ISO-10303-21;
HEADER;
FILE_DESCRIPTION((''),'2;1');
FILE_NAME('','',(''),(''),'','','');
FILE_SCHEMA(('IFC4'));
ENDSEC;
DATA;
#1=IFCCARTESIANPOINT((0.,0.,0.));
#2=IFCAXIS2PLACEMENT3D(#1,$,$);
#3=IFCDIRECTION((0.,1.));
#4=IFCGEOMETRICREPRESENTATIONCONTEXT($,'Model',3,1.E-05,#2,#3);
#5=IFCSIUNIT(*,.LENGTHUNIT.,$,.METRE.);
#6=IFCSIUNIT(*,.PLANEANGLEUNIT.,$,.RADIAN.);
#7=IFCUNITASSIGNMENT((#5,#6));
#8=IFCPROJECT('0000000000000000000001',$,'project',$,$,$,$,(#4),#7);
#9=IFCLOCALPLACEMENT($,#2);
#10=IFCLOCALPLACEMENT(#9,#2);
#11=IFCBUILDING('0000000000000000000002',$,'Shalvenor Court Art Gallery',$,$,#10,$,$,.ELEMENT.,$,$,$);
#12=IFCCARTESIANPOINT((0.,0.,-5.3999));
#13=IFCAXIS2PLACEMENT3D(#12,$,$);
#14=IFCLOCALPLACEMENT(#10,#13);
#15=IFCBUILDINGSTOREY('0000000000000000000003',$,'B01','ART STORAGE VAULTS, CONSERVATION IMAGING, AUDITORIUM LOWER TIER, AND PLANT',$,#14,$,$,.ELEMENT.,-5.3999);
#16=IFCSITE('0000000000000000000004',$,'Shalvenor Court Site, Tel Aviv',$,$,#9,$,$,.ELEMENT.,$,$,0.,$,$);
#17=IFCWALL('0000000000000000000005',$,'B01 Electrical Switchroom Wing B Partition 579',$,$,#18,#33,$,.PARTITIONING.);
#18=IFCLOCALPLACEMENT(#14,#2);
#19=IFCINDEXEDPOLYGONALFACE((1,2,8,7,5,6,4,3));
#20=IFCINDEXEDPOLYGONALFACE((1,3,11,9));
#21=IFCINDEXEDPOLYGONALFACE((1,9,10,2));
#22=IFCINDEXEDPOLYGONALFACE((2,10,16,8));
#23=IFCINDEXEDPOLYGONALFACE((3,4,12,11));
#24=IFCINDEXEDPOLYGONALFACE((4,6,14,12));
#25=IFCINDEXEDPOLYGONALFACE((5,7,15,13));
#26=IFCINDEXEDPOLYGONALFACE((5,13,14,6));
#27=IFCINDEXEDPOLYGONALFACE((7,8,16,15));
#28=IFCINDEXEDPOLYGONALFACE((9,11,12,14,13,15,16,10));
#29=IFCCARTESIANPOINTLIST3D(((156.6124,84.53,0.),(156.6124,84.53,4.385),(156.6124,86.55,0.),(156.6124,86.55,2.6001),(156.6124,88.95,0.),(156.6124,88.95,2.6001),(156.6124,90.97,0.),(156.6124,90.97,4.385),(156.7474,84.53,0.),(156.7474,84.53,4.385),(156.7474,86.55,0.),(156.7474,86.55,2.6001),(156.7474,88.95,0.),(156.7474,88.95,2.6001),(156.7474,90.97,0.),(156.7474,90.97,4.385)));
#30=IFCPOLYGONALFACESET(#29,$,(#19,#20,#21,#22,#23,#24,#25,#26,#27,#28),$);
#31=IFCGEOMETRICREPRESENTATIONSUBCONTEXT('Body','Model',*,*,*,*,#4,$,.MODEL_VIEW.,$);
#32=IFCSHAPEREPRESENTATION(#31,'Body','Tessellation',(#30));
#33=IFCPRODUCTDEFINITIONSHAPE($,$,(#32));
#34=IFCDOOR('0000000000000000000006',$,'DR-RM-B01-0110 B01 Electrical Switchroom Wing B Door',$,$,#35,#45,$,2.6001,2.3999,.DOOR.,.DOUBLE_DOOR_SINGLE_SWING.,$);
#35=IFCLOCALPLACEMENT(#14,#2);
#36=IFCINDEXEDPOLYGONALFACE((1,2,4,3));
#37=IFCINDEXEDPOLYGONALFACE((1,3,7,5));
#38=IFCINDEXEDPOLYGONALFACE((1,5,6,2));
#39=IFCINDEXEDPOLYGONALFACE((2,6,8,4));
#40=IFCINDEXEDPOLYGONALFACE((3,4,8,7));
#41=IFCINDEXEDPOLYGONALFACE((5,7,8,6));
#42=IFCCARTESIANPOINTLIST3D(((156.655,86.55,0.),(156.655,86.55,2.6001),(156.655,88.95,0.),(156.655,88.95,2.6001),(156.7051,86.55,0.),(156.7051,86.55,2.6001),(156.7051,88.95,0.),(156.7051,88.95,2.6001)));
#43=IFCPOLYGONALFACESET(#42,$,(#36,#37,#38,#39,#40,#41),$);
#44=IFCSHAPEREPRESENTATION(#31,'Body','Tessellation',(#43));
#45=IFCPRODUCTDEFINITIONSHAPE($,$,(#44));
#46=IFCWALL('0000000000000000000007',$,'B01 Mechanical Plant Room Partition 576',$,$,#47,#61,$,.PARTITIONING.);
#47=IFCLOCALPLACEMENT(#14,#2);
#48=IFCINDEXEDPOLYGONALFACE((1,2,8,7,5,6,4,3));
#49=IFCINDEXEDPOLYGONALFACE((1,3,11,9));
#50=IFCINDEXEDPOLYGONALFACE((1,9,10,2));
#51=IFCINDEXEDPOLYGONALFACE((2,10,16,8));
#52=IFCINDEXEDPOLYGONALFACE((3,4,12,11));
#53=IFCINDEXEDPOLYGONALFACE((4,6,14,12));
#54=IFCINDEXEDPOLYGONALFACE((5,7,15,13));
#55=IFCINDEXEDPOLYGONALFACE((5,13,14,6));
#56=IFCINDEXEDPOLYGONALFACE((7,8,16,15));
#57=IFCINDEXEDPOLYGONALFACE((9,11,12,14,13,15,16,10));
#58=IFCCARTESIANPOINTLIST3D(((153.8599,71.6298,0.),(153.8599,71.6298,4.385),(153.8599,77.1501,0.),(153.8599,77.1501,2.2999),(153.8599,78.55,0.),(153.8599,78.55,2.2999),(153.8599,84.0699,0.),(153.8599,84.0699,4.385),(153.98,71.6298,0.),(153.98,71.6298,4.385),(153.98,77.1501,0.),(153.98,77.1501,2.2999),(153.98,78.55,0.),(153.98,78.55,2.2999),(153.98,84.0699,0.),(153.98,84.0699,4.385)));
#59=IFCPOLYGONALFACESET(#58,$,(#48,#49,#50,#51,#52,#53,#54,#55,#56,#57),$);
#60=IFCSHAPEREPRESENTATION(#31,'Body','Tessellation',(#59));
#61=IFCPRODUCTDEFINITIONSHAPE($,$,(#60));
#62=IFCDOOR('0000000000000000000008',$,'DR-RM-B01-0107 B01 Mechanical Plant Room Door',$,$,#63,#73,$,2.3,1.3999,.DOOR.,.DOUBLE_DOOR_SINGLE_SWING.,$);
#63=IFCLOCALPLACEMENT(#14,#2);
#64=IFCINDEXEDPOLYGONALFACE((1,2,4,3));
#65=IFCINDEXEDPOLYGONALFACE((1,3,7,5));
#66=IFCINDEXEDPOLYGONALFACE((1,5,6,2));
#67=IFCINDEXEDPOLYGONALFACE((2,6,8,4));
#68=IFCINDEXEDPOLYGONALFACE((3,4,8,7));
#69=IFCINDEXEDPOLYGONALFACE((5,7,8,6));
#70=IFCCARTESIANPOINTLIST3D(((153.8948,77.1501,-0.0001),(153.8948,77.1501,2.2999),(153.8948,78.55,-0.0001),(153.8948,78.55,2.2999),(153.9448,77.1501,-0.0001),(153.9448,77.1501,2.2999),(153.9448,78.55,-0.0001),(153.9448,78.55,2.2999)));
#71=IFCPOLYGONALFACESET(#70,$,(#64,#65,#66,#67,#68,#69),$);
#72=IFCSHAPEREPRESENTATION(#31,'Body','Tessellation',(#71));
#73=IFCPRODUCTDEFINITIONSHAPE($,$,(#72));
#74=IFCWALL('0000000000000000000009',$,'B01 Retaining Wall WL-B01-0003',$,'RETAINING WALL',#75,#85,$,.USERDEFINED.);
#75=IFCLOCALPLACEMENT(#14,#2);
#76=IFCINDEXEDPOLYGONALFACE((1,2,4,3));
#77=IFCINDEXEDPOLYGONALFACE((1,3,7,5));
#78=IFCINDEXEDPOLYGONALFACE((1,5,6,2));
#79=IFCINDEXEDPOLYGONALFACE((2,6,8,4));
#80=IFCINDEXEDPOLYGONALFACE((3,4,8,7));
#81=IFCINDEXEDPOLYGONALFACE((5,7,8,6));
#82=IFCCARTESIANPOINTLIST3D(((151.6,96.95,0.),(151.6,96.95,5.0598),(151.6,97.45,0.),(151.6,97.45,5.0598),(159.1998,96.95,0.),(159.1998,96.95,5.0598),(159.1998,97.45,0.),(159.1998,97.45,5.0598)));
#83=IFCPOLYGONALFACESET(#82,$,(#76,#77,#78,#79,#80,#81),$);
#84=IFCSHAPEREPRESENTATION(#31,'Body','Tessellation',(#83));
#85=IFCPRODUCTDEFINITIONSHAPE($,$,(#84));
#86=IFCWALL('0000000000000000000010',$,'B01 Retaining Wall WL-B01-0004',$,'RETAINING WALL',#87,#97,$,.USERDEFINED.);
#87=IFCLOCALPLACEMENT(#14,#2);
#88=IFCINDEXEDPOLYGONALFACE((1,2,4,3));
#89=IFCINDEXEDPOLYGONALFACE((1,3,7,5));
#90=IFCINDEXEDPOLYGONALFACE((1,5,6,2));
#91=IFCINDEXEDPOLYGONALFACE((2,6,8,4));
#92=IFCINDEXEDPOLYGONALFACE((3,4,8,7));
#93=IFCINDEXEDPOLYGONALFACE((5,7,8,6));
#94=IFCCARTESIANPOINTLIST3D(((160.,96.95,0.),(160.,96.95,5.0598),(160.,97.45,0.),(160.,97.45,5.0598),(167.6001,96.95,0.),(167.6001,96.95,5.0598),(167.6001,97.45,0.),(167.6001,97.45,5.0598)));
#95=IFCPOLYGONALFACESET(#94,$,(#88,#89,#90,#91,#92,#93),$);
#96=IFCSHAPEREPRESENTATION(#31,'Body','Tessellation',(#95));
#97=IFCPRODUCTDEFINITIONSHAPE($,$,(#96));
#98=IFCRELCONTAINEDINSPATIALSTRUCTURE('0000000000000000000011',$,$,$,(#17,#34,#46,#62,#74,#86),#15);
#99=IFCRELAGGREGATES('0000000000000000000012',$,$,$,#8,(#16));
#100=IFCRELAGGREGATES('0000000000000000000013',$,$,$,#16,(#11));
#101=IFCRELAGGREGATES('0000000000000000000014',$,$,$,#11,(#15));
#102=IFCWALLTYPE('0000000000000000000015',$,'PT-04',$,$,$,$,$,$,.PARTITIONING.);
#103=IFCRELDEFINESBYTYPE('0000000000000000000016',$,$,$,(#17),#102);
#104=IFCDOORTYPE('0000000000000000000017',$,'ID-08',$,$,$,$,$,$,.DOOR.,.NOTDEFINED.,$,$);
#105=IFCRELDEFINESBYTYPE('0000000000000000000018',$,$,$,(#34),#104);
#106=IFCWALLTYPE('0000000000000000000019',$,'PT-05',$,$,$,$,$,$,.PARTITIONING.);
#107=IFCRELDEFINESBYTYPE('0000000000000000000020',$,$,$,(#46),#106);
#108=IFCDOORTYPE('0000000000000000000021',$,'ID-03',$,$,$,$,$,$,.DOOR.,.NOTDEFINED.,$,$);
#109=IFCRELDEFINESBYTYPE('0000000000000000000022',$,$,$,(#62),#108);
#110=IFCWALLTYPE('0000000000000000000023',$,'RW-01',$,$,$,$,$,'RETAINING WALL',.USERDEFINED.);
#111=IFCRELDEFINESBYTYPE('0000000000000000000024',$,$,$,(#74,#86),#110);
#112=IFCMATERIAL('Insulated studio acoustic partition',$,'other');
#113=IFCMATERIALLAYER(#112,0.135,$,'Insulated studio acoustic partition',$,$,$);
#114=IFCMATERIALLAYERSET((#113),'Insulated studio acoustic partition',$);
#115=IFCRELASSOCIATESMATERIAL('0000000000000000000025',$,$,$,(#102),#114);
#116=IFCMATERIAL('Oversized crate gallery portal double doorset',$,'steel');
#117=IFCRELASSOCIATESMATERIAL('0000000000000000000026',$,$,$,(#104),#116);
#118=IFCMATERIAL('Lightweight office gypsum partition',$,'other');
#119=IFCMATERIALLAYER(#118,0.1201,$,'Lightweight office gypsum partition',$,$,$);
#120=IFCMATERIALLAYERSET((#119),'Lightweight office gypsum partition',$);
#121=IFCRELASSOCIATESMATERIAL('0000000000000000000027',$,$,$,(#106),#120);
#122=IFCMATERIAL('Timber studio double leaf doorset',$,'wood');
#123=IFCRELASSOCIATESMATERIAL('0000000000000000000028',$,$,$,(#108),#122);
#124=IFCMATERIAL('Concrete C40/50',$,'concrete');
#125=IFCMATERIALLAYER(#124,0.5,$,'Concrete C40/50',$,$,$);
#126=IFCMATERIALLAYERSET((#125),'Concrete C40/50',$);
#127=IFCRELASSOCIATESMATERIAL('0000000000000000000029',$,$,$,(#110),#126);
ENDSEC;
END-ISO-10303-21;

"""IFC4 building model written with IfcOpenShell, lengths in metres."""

from ifc_helpers import new_model, si_unit, direction, frame, frame_2d, origin, place, context, subcontext, project, spatial, rectangle, extrude, material, layer, layer_set, type_object, element, fill, save


model = new_model("IFC4")

# Units and contexts
model_context = context("Model", 3, precision=1e-05, world=origin(), true_north=direction((0.0, 1.0)))
body_context = subcontext(model_context, "Body", "Model", "MODEL_VIEW")
ifc_project = project(units=[si_unit("LENGTHUNIT", "METRE"), si_unit("PLANEANGLEUNIT", "RADIAN")], contexts=[model_context])

# Site, building, storey
site_placement = place(None, origin())
site = spatial("IfcSite", under=ifc_project, at=site_placement, Name="Shalvenor Court Site, Tel Aviv", CompositionType="ELEMENT", RefElevation=0.0)
building_placement = place(site_placement, origin())
building = spatial("IfcBuilding", under=site, at=building_placement, Name="Shalvenor Court Art Gallery", CompositionType="ELEMENT")
storey_placement = place(building_placement, frame((0.0, 0.0, -5.3999)))
storey = spatial("IfcBuildingStorey", under=building, at=storey_placement, Name="B01", Description="ART STORAGE VAULTS, CONSERVATION IMAGING, AUDITORIUM LOWER TIER, AND PLANT", CompositionType="ELEMENT", Elevation=-5.3999)

# Walls, openings, doors
ifc_material_1 = material(Name="Insulated studio acoustic partition", Category="other")
ifc_layer_1 = layer(ifc_material_1, 0.135, Name="Insulated studio acoustic partition")
ifc_layer_set_1 = layer_set([ifc_layer_1], Name="Insulated studio acoustic partition")
wall_type_1 = type_object("IfcWallType", Name="PT-04", PredefinedType="PARTITIONING", material=ifc_layer_set_1)
wall_1_placement = place(storey_placement, frame((156.6799, 84.53, 0.0), z_axis=(0.0, 0.0, 1.0), x_axis=(0.0, 1.0, 0.0)))
wall_1 = element("IfcWall", 1, at=wall_1_placement, inside=storey, type_object=wall_type_1, Name="B01 Electrical Switchroom Wing B Partition 579", PredefinedType="PARTITIONING", context=body_context, shape_type="SweptSolid", body=[
    extrude(rectangle(XDim=6.4399, YDim=0.135, at=frame_2d((3.22, 0.0))), origin(), (0.0, 0.0, 1.0), 4.385),
])
opening_1_placement = place(wall_1_placement, frame((2.02, 0.0, 0.0)))
opening_1 = element("IfcOpeningElement", 2, at=opening_1_placement, cuts=wall_1, PredefinedType="OPENING", context=body_context, shape_type="SweptSolid", body=[
    extrude(rectangle(XDim=2.3999, YDim=2.6001, at=frame_2d((1.2, 1.3))), frame((0.0, 0.0774, 0.0), z_axis=(0.0, -1.0, 0.0), x_axis=(1.0, 0.0, 0.0)), (0.0, 0.0, 1.0), 0.155),
])
ifc_material_2 = material(Name="Oversized crate gallery portal double doorset", Category="steel")
door_type_1 = type_object("IfcDoorType", Name="ID-08", OperationType="NOTDEFINED", PredefinedType="DOOR", material=ifc_material_2)
door_1_placement = place(opening_1_placement, origin())
door_1 = element("IfcDoor", 3, at=door_1_placement, inside=storey, type_object=door_type_1, Name="DR-RM-B01-0110 B01 Electrical Switchroom Wing B Door", OperationType="DOUBLE_DOOR_SINGLE_SWING", OverallHeight=2.6001, OverallWidth=2.3999, PredefinedType="DOOR", context=body_context, shape_type="SweptSolid", body=[
    extrude(rectangle(XDim=2.3999, YDim=2.6001, at=frame_2d((1.2, 1.3))), frame((0.0, 0.0249, 0.0), z_axis=(0.0, -1.0, 0.0), x_axis=(1.0, 0.0, 0.0)), (0.0, 0.0, 1.0), 0.05),
])
fill(opening_1, door_1)
ifc_material_3 = material(Name="Lightweight office gypsum partition", Category="other")
ifc_layer_2 = layer(ifc_material_3, 0.1201, Name="Lightweight office gypsum partition")
ifc_layer_set_2 = layer_set([ifc_layer_2], Name="Lightweight office gypsum partition")
wall_type_2 = type_object("IfcWallType", Name="PT-05", PredefinedType="PARTITIONING", material=ifc_layer_set_2)
wall_2_placement = place(storey_placement, frame((153.9199, 84.0701, 0.0), z_axis=(0.0, 0.0, 1.0), x_axis=(0.0, -1.0, 0.0)))
wall_2 = element("IfcWall", 4, at=wall_2_placement, inside=storey, type_object=wall_type_2, Name="B01 Mechanical Plant Room Partition 576", PredefinedType="PARTITIONING", context=body_context, shape_type="SweptSolid", body=[
    extrude(rectangle(XDim=12.4402, YDim=0.1201, at=frame_2d((6.2202, 0.0))), origin(), (0.0, 0.0, 1.0), 4.385),
])
opening_2_placement = place(wall_2_placement, frame((5.52, 0.0, 0.0)))
opening_2 = element("IfcOpeningElement", 5, at=opening_2_placement, cuts=wall_2, PredefinedType="OPENING", context=body_context, shape_type="SweptSolid", body=[
    extrude(rectangle(XDim=1.3999, YDim=2.3, at=frame_2d((0.7, 1.1499))), frame((0.0, 0.0701, 0.0), z_axis=(0.0, -1.0, 0.0), x_axis=(1.0, 0.0, 0.0)), (0.0, 0.0, 1.0), 0.1401),
])
ifc_material_4 = material(Name="Timber studio double leaf doorset", Category="wood")
door_type_2 = type_object("IfcDoorType", Name="ID-03", OperationType="NOTDEFINED", PredefinedType="DOOR", material=ifc_material_4)
door_2_placement = place(opening_2_placement, origin())
door_2 = element("IfcDoor", 6, at=door_2_placement, inside=storey, type_object=door_type_2, Name="DR-RM-B01-0107 B01 Mechanical Plant Room Door", OperationType="DOUBLE_DOOR_SINGLE_SWING", OverallHeight=2.3, OverallWidth=1.3999, PredefinedType="DOOR", context=body_context, shape_type="SweptSolid", body=[
    extrude(rectangle(XDim=1.3999, YDim=2.3, at=frame_2d((0.7, 1.1499))), frame((0.0, 0.0249, 0.0), z_axis=(0.0, -1.0, 0.0), x_axis=(1.0, 0.0, 0.0)), (0.0, 0.0, 1.0), 0.05),
])
fill(opening_2, door_2)

# Walls
ifc_material_5 = material(Name="Concrete C40/50", Category="concrete")
ifc_layer_3 = layer(ifc_material_5, 0.5, Name="Concrete C40/50")
ifc_layer_set_3 = layer_set([ifc_layer_3], Name="Concrete C40/50")
wall_type_3 = type_object("IfcWallType", Name="RW-01", ElementType="RETAINING WALL", PredefinedType="USERDEFINED", material=ifc_layer_set_3)
wall_3_placement = place(storey_placement, frame((151.6001, 97.2, 0.0), z_axis=(0.0, 0.0, 1.0), x_axis=(1.0, 0.0, 0.0)))
element("IfcWall", 7, at=wall_3_placement, inside=storey, type_object=wall_type_3, Name="B01 Retaining Wall WL-B01-0003", ObjectType="RETAINING WALL", PredefinedType="USERDEFINED", context=body_context, shape_type="SweptSolid", body=[
    extrude(rectangle(XDim=7.5999, YDim=0.5, at=frame_2d((3.7998, 0.0))), origin(), (0.0, 0.0, 1.0), 5.0598),
])
wall_4_placement = place(storey_placement, frame((160.0, 97.2, 0.0), z_axis=(0.0, 0.0, 1.0), x_axis=(1.0, 0.0, 0.0)))
element("IfcWall", 8, at=wall_4_placement, inside=storey, type_object=wall_type_3, Name="B01 Retaining Wall WL-B01-0004", ObjectType="RETAINING WALL", PredefinedType="USERDEFINED", context=body_context, shape_type="SweptSolid", body=[
    extrude(rectangle(XDim=7.6001, YDim=0.5, at=frame_2d((3.8, 0.0))), origin(), (0.0, 0.0, 1.0), 5.0598),
])

save(model, "model.ifc")
